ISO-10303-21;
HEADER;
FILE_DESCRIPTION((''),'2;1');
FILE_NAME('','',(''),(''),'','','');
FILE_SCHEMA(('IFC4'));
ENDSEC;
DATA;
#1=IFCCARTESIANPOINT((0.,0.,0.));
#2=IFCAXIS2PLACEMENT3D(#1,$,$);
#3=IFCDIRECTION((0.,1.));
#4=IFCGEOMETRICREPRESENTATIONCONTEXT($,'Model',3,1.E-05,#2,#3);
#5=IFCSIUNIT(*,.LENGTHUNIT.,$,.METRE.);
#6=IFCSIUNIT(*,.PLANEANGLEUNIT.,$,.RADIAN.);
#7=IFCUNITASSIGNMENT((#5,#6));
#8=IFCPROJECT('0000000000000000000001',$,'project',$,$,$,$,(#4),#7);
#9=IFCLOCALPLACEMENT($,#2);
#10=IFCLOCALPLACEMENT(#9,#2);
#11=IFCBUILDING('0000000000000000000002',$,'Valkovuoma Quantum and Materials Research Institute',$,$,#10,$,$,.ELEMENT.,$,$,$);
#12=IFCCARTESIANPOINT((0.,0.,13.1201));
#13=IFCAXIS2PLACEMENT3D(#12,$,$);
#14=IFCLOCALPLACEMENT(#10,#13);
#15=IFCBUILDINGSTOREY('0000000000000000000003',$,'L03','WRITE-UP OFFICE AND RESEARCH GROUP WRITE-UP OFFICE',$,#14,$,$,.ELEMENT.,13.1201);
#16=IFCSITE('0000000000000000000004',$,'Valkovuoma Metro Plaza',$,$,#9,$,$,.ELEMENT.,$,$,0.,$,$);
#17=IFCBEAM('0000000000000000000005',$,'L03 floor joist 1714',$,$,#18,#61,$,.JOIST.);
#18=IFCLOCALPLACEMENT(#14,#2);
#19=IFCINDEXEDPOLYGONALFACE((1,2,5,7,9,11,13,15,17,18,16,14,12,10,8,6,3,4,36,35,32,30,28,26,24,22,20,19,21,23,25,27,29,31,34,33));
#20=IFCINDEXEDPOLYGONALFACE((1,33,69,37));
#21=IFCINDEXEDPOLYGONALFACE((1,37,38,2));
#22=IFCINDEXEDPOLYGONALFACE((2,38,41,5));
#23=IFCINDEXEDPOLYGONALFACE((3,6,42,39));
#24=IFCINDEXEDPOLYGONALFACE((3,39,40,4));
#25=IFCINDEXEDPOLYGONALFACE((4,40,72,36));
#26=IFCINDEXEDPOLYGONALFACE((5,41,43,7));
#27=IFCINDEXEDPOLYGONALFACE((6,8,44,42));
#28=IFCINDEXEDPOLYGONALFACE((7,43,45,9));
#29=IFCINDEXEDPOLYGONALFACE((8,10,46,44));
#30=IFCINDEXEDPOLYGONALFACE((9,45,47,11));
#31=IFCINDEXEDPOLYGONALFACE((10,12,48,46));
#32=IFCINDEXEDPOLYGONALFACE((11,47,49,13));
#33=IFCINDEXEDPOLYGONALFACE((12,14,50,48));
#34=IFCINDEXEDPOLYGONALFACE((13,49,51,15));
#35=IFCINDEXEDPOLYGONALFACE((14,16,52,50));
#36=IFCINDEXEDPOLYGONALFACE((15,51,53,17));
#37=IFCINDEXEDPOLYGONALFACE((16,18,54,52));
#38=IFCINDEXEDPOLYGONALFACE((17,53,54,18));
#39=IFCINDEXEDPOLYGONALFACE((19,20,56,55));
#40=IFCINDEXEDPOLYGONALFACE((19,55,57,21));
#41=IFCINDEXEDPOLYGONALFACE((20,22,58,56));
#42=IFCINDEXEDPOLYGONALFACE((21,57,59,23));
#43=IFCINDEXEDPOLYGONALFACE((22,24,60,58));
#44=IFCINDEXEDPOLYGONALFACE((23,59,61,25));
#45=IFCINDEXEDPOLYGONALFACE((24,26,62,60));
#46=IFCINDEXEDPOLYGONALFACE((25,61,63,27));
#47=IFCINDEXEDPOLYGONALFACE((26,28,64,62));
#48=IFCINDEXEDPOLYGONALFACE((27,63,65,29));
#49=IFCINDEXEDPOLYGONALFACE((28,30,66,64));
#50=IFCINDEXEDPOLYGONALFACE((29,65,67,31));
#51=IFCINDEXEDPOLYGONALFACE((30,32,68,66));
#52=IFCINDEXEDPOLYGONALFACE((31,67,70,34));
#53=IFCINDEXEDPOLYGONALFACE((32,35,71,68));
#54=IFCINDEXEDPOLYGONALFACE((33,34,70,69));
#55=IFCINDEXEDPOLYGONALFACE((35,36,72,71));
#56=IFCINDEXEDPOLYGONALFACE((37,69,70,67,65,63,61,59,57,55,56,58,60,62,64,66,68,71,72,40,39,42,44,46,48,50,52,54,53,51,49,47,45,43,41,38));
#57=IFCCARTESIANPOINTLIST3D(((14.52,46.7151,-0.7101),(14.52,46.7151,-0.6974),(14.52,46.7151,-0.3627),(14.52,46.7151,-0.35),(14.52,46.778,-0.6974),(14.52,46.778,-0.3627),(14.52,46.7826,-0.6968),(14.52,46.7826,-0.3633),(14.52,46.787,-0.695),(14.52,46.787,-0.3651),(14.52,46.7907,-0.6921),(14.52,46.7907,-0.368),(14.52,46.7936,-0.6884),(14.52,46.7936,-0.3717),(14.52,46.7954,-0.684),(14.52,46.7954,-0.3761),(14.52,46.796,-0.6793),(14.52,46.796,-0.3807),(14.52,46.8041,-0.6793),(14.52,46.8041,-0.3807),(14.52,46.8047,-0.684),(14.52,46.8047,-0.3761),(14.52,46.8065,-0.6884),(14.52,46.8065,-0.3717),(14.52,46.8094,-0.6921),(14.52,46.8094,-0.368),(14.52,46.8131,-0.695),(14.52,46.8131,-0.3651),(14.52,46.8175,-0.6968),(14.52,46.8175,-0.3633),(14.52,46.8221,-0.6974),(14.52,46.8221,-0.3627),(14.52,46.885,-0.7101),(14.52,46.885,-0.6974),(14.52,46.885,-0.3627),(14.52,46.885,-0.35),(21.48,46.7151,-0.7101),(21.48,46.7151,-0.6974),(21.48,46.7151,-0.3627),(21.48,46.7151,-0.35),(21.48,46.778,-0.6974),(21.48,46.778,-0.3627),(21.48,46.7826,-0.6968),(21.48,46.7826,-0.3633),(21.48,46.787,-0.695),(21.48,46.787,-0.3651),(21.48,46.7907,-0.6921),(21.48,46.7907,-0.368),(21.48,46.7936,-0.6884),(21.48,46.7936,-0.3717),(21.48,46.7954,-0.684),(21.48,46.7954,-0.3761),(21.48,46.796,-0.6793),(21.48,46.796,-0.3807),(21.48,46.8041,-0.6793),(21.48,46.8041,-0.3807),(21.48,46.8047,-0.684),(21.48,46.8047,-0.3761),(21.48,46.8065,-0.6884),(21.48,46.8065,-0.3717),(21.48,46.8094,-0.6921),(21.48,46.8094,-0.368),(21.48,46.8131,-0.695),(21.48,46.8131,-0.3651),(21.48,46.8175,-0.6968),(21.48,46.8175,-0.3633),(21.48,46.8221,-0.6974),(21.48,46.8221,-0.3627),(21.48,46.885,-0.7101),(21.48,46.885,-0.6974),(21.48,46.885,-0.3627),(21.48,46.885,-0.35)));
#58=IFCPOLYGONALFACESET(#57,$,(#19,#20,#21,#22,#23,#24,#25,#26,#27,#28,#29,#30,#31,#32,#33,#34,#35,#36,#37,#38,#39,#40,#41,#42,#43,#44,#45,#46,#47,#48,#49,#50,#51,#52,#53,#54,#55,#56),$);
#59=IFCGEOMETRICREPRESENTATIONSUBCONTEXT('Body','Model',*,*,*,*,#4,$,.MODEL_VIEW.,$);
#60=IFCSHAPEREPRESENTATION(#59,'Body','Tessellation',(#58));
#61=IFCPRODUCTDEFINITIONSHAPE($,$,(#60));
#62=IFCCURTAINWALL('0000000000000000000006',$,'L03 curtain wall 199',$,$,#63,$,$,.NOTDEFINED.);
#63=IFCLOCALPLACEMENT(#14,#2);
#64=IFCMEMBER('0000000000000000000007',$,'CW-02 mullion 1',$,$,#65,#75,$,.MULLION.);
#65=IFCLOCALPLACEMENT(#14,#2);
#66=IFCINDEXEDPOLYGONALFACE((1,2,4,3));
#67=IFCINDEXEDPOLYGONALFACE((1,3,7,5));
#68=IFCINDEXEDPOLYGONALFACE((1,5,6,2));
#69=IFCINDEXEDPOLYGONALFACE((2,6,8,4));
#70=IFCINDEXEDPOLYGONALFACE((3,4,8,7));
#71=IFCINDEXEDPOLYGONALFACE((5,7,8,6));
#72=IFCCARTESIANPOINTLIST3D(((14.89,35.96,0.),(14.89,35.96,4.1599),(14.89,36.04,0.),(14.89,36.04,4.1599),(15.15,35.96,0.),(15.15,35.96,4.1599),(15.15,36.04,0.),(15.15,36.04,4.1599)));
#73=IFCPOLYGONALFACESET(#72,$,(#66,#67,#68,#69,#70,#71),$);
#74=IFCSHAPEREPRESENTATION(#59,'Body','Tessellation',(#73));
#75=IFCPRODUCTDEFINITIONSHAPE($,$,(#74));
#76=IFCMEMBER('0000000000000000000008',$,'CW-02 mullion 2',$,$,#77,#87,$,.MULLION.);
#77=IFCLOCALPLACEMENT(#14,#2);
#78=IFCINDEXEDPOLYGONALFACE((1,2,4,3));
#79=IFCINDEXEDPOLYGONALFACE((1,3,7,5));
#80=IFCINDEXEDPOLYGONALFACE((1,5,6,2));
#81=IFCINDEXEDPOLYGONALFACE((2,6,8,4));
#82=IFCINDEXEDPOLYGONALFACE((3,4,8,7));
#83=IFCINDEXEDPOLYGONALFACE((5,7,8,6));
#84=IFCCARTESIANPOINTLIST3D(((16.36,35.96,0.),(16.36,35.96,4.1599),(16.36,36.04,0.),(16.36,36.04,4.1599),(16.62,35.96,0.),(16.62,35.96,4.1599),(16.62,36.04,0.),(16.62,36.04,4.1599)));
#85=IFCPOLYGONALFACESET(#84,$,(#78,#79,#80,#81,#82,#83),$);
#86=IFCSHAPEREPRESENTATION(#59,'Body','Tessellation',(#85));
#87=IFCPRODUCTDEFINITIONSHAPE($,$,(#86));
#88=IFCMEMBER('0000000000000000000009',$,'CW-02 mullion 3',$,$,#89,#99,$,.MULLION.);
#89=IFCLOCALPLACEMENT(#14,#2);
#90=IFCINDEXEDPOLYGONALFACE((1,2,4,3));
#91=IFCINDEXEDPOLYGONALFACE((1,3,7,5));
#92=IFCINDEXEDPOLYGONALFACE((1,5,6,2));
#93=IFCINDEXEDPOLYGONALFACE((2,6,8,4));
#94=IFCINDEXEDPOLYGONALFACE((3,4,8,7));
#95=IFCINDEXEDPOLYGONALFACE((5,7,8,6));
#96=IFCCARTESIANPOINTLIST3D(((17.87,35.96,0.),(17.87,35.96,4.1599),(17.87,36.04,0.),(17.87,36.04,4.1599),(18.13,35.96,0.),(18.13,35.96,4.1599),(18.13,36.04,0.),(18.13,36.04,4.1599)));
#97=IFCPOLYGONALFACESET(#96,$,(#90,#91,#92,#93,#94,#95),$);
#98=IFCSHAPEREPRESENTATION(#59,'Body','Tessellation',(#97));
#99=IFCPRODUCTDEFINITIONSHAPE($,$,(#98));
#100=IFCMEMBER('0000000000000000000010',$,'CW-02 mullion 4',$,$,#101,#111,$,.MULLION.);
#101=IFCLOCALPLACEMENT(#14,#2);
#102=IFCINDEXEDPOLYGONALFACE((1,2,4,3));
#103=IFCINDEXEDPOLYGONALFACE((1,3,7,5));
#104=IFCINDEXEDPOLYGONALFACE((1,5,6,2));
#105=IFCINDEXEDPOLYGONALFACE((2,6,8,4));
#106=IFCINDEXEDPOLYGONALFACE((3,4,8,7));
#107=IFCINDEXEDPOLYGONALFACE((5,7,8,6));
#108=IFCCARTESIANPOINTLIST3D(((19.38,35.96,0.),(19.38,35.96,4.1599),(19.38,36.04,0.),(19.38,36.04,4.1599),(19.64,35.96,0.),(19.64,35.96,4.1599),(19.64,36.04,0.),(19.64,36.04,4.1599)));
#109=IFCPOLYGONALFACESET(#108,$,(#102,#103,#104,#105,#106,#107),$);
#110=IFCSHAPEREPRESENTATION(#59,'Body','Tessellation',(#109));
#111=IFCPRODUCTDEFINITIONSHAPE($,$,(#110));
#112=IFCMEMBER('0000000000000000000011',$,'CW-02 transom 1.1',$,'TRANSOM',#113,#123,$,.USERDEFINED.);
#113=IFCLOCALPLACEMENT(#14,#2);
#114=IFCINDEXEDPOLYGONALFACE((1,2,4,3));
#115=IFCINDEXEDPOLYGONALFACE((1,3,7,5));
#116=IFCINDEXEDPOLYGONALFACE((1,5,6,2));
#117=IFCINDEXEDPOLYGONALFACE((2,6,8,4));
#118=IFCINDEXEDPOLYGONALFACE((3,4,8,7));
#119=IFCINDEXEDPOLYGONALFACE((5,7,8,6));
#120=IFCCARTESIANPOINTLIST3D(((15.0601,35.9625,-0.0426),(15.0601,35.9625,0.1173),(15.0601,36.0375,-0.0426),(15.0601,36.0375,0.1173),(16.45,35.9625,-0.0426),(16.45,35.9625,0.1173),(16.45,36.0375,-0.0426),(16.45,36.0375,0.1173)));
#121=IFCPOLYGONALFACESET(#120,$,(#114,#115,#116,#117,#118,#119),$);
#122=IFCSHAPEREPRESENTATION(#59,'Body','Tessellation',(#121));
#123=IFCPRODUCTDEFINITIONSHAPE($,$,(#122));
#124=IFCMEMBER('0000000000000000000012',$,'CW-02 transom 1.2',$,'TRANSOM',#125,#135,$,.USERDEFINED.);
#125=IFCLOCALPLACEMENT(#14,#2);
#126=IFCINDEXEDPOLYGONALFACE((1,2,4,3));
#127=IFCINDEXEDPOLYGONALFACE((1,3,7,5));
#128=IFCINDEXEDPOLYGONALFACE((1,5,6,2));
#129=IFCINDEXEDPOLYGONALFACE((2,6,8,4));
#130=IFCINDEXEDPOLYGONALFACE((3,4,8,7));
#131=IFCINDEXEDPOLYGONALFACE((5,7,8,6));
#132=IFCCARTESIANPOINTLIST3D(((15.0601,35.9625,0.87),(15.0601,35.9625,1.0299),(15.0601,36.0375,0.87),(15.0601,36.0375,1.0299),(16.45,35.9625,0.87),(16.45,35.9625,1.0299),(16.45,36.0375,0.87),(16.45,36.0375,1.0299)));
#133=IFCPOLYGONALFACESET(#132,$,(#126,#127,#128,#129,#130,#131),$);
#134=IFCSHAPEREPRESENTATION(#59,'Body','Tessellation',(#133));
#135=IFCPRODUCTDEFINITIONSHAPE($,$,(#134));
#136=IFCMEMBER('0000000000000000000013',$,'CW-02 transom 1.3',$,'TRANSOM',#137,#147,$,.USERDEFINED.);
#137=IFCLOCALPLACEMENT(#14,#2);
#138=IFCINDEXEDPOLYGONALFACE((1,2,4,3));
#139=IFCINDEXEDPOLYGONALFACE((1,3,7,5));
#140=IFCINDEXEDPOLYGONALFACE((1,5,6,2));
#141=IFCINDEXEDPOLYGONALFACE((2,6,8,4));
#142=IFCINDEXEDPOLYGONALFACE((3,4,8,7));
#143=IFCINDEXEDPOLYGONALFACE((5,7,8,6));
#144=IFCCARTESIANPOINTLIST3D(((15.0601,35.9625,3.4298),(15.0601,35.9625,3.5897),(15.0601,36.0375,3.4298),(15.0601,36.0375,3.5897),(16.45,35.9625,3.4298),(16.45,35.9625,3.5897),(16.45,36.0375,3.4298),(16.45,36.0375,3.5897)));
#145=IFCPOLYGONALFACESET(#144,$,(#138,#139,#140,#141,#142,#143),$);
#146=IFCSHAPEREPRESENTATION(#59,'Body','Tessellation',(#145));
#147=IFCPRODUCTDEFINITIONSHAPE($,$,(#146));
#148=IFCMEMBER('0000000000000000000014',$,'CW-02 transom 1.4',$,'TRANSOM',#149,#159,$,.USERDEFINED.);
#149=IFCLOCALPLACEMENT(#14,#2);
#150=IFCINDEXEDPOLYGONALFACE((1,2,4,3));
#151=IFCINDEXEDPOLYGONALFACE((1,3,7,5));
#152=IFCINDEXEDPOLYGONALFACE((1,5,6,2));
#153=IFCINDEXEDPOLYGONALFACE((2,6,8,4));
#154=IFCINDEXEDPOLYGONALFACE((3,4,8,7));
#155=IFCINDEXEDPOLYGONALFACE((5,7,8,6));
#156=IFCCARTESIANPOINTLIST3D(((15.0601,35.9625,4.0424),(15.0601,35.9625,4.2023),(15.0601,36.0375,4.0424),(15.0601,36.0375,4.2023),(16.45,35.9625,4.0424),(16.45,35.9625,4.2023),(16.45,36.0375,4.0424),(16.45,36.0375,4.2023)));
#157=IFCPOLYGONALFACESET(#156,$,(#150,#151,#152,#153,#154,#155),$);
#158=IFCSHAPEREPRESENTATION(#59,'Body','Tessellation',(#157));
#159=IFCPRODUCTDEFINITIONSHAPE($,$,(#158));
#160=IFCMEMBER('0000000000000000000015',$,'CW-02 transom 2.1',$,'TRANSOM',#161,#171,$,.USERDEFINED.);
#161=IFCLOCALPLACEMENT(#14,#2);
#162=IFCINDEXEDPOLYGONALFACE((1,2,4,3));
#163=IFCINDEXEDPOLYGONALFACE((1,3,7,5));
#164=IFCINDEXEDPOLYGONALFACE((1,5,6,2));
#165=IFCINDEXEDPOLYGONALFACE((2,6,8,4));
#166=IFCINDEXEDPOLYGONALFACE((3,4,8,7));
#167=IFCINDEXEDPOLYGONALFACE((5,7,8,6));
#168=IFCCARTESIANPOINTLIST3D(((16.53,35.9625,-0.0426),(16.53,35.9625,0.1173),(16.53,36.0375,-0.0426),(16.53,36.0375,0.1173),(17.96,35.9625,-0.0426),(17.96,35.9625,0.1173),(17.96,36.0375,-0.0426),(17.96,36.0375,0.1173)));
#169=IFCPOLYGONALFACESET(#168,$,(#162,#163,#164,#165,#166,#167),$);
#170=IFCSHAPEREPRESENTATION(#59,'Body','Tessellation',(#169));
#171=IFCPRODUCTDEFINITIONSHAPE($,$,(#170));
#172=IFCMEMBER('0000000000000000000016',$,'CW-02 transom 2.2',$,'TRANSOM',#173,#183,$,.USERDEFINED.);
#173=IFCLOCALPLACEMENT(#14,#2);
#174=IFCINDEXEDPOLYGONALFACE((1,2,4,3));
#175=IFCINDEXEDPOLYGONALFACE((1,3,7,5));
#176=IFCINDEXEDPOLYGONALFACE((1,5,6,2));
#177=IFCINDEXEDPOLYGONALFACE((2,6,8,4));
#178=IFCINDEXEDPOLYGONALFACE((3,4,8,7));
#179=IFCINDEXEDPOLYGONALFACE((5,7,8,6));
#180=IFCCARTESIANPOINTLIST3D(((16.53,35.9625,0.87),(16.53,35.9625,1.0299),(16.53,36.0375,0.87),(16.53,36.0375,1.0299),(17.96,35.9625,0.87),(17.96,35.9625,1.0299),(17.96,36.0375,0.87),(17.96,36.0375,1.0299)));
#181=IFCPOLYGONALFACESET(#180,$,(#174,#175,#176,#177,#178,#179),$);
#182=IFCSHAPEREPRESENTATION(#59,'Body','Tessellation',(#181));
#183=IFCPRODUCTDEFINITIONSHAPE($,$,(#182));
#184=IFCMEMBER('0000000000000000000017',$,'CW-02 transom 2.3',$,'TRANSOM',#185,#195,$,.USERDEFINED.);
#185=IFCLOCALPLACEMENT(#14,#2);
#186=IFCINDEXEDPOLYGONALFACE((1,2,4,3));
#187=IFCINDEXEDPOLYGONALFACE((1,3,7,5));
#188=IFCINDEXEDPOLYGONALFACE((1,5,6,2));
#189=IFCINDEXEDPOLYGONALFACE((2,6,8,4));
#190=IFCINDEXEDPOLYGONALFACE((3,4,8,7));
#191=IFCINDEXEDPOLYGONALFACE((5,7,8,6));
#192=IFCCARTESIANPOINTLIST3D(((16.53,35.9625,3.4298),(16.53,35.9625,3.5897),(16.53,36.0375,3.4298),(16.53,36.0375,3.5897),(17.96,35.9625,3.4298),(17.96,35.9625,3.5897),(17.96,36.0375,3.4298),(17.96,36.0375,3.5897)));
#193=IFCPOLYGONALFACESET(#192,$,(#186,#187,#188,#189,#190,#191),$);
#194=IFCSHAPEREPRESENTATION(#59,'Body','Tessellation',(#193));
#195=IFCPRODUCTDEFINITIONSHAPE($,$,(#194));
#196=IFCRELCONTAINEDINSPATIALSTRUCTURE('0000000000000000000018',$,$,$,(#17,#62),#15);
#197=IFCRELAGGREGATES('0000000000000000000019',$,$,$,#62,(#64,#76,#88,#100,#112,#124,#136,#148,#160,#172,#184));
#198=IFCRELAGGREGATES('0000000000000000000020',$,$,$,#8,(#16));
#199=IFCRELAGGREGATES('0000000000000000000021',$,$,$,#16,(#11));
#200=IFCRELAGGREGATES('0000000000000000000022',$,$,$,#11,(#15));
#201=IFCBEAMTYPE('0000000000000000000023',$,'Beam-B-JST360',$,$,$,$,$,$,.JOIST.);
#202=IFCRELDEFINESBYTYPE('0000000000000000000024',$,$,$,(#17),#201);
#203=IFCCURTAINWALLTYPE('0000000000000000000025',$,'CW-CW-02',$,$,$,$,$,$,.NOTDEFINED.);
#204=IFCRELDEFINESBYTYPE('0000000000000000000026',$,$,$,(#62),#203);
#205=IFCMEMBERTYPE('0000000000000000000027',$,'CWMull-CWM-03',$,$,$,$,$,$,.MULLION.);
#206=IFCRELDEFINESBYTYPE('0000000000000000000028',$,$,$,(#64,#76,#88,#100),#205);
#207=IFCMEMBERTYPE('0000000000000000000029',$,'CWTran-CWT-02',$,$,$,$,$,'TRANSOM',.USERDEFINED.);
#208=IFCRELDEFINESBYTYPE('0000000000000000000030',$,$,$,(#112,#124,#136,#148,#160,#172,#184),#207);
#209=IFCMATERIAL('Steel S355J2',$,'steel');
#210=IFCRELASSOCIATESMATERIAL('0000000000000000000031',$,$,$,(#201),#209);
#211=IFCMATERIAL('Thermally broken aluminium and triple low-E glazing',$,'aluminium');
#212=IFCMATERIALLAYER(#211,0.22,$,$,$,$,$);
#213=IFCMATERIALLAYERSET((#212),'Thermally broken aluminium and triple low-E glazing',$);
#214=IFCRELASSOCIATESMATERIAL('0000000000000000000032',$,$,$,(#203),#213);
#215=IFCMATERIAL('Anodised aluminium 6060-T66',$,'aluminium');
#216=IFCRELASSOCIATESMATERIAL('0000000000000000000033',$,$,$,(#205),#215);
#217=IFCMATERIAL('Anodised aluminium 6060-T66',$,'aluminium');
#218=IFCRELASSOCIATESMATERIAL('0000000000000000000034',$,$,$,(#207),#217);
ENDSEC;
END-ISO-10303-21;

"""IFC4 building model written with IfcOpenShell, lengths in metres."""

from ifc_helpers import new_model, si_unit, direction, frame, origin, origin_2d, place, context, subcontext, project, spatial, rectangle, i_section, extrude, material, layer, layer_set, material_profile, profile_set, type_object, element, aggregate, save


model = new_model("IFC4")

# Units and contexts
model_context = context("Model", 3, precision=1e-05, world=origin(), true_north=direction((0.0, 1.0)))
body_context = subcontext(model_context, "Body", "Model", "MODEL_VIEW")
ifc_project = project(units=[si_unit("LENGTHUNIT", "METRE"), si_unit("PLANEANGLEUNIT", "RADIAN")], contexts=[model_context])

# Site, building, storey
site_placement = place(None, origin())
site = spatial("IfcSite", under=ifc_project, at=site_placement, Name="Valkovuoma Metro Plaza", CompositionType="ELEMENT", RefElevation=0.0)
building_placement = place(site_placement, origin())
building = spatial("IfcBuilding", under=site, at=building_placement, Name="Valkovuoma Quantum and Materials Research Institute", CompositionType="ELEMENT")
storey_placement = place(building_placement, frame((0.0, 0.0, 13.1201)))
storey = spatial("IfcBuildingStorey", under=building, at=storey_placement, Name="L03", Description="WRITE-UP OFFICE AND RESEARCH GROUP WRITE-UP OFFICE", CompositionType="ELEMENT", Elevation=13.1201)

# Beam
ifc_material_1 = material(Name="Steel S355J2", Category="steel")
ifc_material_profile_1 = material_profile(ifc_material_1, i_section(OverallWidth=0.1699, OverallDepth=0.3601, WebThickness=0.0081, FlangeThickness=0.0127, FilletRadius=0.0181, at=origin_2d()), Name="Steel S355J2")
ifc_profile_set_1 = profile_set([ifc_material_profile_1], Name="Steel S355J2")
beam_type_1 = type_object("IfcBeamType", Name="Beam-B-JST360", PredefinedType="JOIST", material=ifc_profile_set_1)
for number, where, z_axis, x_axis, name in (
    (1, (14.52, 46.8, -0.53), (1.0, 0.0, 0.0), (0.0, 1.0, 0.0), "L03 floor joist 1714"),
):
    element("IfcBeam", number, at=place(storey_placement, frame(where, z_axis=z_axis, x_axis=x_axis)), inside=storey, type_object=beam_type_1, Name=name, PredefinedType="JOIST", context=body_context, shape_type="SweptSolid", body=[
        extrude(i_section(OverallWidth=0.1699, OverallDepth=0.3601, WebThickness=0.0081, FlangeThickness=0.0127, FilletRadius=0.0181, at=origin_2d()), origin(), (0.0, 0.0, 1.0), 6.96),
    ])

# Curtain wall, members
ifc_material_2 = material(Name="Thermally broken aluminium and triple low-E glazing", Category="aluminium")
ifc_layer_1 = layer(ifc_material_2, 0.22)
ifc_layer_set_1 = layer_set([ifc_layer_1], Name="Thermally broken aluminium and triple low-E glazing")
curtain_wall_type = type_object("IfcCurtainWallType", Name="CW-CW-02", PredefinedType="NOTDEFINED", material=ifc_layer_set_1)
curtain_wall_placement = place(storey_placement, origin())
curtain_wall = element("IfcCurtainWall", 2, at=curtain_wall_placement, inside=storey, type_object=curtain_wall_type, Name="L03 curtain wall 199", PredefinedType="NOTDEFINED")
ifc_material_3 = material(Name="Anodised aluminium 6060-T66", Category="aluminium")
ifc_material_profile_2 = material_profile(ifc_material_3, rectangle(XDim=0.0801, YDim=0.26, at=origin_2d()), Name="Anodised aluminium 6060-T66")
ifc_profile_set_2 = profile_set([ifc_material_profile_2], Name="Anodised aluminium 6060-T66")
member_type_1 = type_object("IfcMemberType", Name="CWMull-CWM-03", PredefinedType="MULLION", material=ifc_profile_set_2)
member_1_placement = place(storey_placement, frame((15.02, 36.0, 0.0), z_axis=(0.0, 0.0, 1.0), x_axis=(0.0, 1.0, 0.0)))
member_1 = element("IfcMember", 3, at=member_1_placement, type_object=member_type_1, Name="CW-02 mullion 1", PredefinedType="MULLION", context=body_context, shape_type="SweptSolid", body=[
    extrude(rectangle(XDim=0.0801, YDim=0.26, at=origin_2d()), origin(), (0.0, 0.0, 1.0), 4.1599),
])
member_2_placement = place(storey_placement, frame((16.49, 36.0, 0.0), z_axis=(0.0, 0.0, 1.0), x_axis=(0.0, 1.0, 0.0)))
member_2 = element("IfcMember", 4, at=member_2_placement, type_object=member_type_1, Name="CW-02 mullion 2", PredefinedType="MULLION", context=body_context, shape_type="SweptSolid", body=[
    extrude(rectangle(XDim=0.0801, YDim=0.26, at=origin_2d()), origin(), (0.0, 0.0, 1.0), 4.1599),
])
member_3_placement = place(storey_placement, frame((18.0, 36.0, 0.0), z_axis=(0.0, 0.0, 1.0), x_axis=(0.0, 1.0, 0.0)))
member_3 = element("IfcMember", 5, at=member_3_placement, type_object=member_type_1, Name="CW-02 mullion 3", PredefinedType="MULLION", context=body_context, shape_type="SweptSolid", body=[
    extrude(rectangle(XDim=0.0801, YDim=0.26, at=origin_2d()), origin(), (0.0, 0.0, 1.0), 4.1599),
])
member_4_placement = place(storey_placement, frame((19.51, 36.0, 0.0), z_axis=(0.0, 0.0, 1.0), x_axis=(0.0, 1.0, 0.0)))
member_4 = element("IfcMember", 6, at=member_4_placement, type_object=member_type_1, Name="CW-02 mullion 4", PredefinedType="MULLION", context=body_context, shape_type="SweptSolid", body=[
    extrude(rectangle(XDim=0.0801, YDim=0.26, at=origin_2d()), origin(), (0.0, 0.0, 1.0), 4.1599),
])
ifc_material_4 = material(Name="Anodised aluminium 6060-T66", Category="aluminium")
ifc_material_profile_3 = material_profile(ifc_material_4, rectangle(XDim=0.075, YDim=0.1599, at=origin_2d()), Name="Anodised aluminium 6060-T66")
ifc_profile_set_3 = profile_set([ifc_material_profile_3], Name="Anodised aluminium 6060-T66")
member_type_2 = type_object("IfcMemberType", Name="CWTran-CWT-02", ElementType="TRANSOM", PredefinedType="USERDEFINED", material=ifc_profile_set_3)
member_5_placement = place(storey_placement, frame((15.0601, 36.0, 0.0374), z_axis=(1.0, 0.0, 0.0), x_axis=(0.0, 1.0, 0.0)))
member_5 = element("IfcMember", 7, at=member_5_placement, type_object=member_type_2, Name="CW-02 transom 1.1", ObjectType="TRANSOM", PredefinedType="USERDEFINED", context=body_context, shape_type="SweptSolid", body=[
    extrude(rectangle(XDim=0.075, YDim=0.1599, at=origin_2d()), origin(), (0.0, 0.0, 1.0), 1.3899),
])
member_6_placement = place(storey_placement, frame((15.0601, 36.0, 0.95), z_axis=(1.0, 0.0, 0.0), x_axis=(0.0, 1.0, 0.0)))
member_6 = element("IfcMember", 8, at=member_6_placement, type_object=member_type_2, Name="CW-02 transom 1.2", ObjectType="TRANSOM", PredefinedType="USERDEFINED", context=body_context, shape_type="SweptSolid", body=[
    extrude(rectangle(XDim=0.075, YDim=0.1599, at=origin_2d()), origin(), (0.0, 0.0, 1.0), 1.3899),
])
member_7_placement = place(storey_placement, frame((15.0601, 36.0, 3.5098), z_axis=(1.0, 0.0, 0.0), x_axis=(0.0, 1.0, 0.0)))
member_7 = element("IfcMember", 9, at=member_7_placement, type_object=member_type_2, Name="CW-02 transom 1.3", ObjectType="TRANSOM", PredefinedType="USERDEFINED", context=body_context, shape_type="SweptSolid", body=[
    extrude(rectangle(XDim=0.075, YDim=0.1599, at=origin_2d()), origin(), (0.0, 0.0, 1.0), 1.3899),
])
member_8_placement = place(storey_placement, frame((15.0601, 36.0, 4.1223), z_axis=(1.0, 0.0, 0.0), x_axis=(0.0, 1.0, 0.0)))
member_8 = element("IfcMember", 10, at=member_8_placement, type_object=member_type_2, Name="CW-02 transom 1.4", ObjectType="TRANSOM", PredefinedType="USERDEFINED", context=body_context, shape_type="SweptSolid", body=[
    extrude(rectangle(XDim=0.075, YDim=0.1599, at=origin_2d()), origin(), (0.0, 0.0, 1.0), 1.3899),
])
member_9_placement = place(storey_placement, frame((16.53, 36.0, 0.0374), z_axis=(1.0, 0.0, 0.0), x_axis=(0.0, 1.0, 0.0)))
member_9 = element("IfcMember", 11, at=member_9_placement, type_object=member_type_2, Name="CW-02 transom 2.1", ObjectType="TRANSOM", PredefinedType="USERDEFINED", context=body_context, shape_type="SweptSolid", body=[
    extrude(rectangle(XDim=0.075, YDim=0.1599, at=origin_2d()), origin(), (0.0, 0.0, 1.0), 1.4299),
])
member_10_placement = place(storey_placement, frame((16.53, 36.0, 0.95), z_axis=(1.0, 0.0, 0.0), x_axis=(0.0, 1.0, 0.0)))
member_10 = element("IfcMember", 12, at=member_10_placement, type_object=member_type_2, Name="CW-02 transom 2.2", ObjectType="TRANSOM", PredefinedType="USERDEFINED", context=body_context, shape_type="SweptSolid", body=[
    extrude(rectangle(XDim=0.075, YDim=0.1599, at=origin_2d()), origin(), (0.0, 0.0, 1.0), 1.4299),
])
member_11_placement = place(storey_placement, frame((16.53, 36.0, 3.5098), z_axis=(1.0, 0.0, 0.0), x_axis=(0.0, 1.0, 0.0)))
member_11 = element("IfcMember", 13, at=member_11_placement, type_object=member_type_2, Name="CW-02 transom 2.3", ObjectType="TRANSOM", PredefinedType="USERDEFINED", context=body_context, shape_type="SweptSolid", body=[
    extrude(rectangle(XDim=0.075, YDim=0.1599, at=origin_2d()), origin(), (0.0, 0.0, 1.0), 1.4299),
])
aggregate(curtain_wall, [member_1, member_2, member_3, member_4, member_5, member_6, member_7, member_8, member_9, member_10, member_11])

save(model, "model.ifc")
